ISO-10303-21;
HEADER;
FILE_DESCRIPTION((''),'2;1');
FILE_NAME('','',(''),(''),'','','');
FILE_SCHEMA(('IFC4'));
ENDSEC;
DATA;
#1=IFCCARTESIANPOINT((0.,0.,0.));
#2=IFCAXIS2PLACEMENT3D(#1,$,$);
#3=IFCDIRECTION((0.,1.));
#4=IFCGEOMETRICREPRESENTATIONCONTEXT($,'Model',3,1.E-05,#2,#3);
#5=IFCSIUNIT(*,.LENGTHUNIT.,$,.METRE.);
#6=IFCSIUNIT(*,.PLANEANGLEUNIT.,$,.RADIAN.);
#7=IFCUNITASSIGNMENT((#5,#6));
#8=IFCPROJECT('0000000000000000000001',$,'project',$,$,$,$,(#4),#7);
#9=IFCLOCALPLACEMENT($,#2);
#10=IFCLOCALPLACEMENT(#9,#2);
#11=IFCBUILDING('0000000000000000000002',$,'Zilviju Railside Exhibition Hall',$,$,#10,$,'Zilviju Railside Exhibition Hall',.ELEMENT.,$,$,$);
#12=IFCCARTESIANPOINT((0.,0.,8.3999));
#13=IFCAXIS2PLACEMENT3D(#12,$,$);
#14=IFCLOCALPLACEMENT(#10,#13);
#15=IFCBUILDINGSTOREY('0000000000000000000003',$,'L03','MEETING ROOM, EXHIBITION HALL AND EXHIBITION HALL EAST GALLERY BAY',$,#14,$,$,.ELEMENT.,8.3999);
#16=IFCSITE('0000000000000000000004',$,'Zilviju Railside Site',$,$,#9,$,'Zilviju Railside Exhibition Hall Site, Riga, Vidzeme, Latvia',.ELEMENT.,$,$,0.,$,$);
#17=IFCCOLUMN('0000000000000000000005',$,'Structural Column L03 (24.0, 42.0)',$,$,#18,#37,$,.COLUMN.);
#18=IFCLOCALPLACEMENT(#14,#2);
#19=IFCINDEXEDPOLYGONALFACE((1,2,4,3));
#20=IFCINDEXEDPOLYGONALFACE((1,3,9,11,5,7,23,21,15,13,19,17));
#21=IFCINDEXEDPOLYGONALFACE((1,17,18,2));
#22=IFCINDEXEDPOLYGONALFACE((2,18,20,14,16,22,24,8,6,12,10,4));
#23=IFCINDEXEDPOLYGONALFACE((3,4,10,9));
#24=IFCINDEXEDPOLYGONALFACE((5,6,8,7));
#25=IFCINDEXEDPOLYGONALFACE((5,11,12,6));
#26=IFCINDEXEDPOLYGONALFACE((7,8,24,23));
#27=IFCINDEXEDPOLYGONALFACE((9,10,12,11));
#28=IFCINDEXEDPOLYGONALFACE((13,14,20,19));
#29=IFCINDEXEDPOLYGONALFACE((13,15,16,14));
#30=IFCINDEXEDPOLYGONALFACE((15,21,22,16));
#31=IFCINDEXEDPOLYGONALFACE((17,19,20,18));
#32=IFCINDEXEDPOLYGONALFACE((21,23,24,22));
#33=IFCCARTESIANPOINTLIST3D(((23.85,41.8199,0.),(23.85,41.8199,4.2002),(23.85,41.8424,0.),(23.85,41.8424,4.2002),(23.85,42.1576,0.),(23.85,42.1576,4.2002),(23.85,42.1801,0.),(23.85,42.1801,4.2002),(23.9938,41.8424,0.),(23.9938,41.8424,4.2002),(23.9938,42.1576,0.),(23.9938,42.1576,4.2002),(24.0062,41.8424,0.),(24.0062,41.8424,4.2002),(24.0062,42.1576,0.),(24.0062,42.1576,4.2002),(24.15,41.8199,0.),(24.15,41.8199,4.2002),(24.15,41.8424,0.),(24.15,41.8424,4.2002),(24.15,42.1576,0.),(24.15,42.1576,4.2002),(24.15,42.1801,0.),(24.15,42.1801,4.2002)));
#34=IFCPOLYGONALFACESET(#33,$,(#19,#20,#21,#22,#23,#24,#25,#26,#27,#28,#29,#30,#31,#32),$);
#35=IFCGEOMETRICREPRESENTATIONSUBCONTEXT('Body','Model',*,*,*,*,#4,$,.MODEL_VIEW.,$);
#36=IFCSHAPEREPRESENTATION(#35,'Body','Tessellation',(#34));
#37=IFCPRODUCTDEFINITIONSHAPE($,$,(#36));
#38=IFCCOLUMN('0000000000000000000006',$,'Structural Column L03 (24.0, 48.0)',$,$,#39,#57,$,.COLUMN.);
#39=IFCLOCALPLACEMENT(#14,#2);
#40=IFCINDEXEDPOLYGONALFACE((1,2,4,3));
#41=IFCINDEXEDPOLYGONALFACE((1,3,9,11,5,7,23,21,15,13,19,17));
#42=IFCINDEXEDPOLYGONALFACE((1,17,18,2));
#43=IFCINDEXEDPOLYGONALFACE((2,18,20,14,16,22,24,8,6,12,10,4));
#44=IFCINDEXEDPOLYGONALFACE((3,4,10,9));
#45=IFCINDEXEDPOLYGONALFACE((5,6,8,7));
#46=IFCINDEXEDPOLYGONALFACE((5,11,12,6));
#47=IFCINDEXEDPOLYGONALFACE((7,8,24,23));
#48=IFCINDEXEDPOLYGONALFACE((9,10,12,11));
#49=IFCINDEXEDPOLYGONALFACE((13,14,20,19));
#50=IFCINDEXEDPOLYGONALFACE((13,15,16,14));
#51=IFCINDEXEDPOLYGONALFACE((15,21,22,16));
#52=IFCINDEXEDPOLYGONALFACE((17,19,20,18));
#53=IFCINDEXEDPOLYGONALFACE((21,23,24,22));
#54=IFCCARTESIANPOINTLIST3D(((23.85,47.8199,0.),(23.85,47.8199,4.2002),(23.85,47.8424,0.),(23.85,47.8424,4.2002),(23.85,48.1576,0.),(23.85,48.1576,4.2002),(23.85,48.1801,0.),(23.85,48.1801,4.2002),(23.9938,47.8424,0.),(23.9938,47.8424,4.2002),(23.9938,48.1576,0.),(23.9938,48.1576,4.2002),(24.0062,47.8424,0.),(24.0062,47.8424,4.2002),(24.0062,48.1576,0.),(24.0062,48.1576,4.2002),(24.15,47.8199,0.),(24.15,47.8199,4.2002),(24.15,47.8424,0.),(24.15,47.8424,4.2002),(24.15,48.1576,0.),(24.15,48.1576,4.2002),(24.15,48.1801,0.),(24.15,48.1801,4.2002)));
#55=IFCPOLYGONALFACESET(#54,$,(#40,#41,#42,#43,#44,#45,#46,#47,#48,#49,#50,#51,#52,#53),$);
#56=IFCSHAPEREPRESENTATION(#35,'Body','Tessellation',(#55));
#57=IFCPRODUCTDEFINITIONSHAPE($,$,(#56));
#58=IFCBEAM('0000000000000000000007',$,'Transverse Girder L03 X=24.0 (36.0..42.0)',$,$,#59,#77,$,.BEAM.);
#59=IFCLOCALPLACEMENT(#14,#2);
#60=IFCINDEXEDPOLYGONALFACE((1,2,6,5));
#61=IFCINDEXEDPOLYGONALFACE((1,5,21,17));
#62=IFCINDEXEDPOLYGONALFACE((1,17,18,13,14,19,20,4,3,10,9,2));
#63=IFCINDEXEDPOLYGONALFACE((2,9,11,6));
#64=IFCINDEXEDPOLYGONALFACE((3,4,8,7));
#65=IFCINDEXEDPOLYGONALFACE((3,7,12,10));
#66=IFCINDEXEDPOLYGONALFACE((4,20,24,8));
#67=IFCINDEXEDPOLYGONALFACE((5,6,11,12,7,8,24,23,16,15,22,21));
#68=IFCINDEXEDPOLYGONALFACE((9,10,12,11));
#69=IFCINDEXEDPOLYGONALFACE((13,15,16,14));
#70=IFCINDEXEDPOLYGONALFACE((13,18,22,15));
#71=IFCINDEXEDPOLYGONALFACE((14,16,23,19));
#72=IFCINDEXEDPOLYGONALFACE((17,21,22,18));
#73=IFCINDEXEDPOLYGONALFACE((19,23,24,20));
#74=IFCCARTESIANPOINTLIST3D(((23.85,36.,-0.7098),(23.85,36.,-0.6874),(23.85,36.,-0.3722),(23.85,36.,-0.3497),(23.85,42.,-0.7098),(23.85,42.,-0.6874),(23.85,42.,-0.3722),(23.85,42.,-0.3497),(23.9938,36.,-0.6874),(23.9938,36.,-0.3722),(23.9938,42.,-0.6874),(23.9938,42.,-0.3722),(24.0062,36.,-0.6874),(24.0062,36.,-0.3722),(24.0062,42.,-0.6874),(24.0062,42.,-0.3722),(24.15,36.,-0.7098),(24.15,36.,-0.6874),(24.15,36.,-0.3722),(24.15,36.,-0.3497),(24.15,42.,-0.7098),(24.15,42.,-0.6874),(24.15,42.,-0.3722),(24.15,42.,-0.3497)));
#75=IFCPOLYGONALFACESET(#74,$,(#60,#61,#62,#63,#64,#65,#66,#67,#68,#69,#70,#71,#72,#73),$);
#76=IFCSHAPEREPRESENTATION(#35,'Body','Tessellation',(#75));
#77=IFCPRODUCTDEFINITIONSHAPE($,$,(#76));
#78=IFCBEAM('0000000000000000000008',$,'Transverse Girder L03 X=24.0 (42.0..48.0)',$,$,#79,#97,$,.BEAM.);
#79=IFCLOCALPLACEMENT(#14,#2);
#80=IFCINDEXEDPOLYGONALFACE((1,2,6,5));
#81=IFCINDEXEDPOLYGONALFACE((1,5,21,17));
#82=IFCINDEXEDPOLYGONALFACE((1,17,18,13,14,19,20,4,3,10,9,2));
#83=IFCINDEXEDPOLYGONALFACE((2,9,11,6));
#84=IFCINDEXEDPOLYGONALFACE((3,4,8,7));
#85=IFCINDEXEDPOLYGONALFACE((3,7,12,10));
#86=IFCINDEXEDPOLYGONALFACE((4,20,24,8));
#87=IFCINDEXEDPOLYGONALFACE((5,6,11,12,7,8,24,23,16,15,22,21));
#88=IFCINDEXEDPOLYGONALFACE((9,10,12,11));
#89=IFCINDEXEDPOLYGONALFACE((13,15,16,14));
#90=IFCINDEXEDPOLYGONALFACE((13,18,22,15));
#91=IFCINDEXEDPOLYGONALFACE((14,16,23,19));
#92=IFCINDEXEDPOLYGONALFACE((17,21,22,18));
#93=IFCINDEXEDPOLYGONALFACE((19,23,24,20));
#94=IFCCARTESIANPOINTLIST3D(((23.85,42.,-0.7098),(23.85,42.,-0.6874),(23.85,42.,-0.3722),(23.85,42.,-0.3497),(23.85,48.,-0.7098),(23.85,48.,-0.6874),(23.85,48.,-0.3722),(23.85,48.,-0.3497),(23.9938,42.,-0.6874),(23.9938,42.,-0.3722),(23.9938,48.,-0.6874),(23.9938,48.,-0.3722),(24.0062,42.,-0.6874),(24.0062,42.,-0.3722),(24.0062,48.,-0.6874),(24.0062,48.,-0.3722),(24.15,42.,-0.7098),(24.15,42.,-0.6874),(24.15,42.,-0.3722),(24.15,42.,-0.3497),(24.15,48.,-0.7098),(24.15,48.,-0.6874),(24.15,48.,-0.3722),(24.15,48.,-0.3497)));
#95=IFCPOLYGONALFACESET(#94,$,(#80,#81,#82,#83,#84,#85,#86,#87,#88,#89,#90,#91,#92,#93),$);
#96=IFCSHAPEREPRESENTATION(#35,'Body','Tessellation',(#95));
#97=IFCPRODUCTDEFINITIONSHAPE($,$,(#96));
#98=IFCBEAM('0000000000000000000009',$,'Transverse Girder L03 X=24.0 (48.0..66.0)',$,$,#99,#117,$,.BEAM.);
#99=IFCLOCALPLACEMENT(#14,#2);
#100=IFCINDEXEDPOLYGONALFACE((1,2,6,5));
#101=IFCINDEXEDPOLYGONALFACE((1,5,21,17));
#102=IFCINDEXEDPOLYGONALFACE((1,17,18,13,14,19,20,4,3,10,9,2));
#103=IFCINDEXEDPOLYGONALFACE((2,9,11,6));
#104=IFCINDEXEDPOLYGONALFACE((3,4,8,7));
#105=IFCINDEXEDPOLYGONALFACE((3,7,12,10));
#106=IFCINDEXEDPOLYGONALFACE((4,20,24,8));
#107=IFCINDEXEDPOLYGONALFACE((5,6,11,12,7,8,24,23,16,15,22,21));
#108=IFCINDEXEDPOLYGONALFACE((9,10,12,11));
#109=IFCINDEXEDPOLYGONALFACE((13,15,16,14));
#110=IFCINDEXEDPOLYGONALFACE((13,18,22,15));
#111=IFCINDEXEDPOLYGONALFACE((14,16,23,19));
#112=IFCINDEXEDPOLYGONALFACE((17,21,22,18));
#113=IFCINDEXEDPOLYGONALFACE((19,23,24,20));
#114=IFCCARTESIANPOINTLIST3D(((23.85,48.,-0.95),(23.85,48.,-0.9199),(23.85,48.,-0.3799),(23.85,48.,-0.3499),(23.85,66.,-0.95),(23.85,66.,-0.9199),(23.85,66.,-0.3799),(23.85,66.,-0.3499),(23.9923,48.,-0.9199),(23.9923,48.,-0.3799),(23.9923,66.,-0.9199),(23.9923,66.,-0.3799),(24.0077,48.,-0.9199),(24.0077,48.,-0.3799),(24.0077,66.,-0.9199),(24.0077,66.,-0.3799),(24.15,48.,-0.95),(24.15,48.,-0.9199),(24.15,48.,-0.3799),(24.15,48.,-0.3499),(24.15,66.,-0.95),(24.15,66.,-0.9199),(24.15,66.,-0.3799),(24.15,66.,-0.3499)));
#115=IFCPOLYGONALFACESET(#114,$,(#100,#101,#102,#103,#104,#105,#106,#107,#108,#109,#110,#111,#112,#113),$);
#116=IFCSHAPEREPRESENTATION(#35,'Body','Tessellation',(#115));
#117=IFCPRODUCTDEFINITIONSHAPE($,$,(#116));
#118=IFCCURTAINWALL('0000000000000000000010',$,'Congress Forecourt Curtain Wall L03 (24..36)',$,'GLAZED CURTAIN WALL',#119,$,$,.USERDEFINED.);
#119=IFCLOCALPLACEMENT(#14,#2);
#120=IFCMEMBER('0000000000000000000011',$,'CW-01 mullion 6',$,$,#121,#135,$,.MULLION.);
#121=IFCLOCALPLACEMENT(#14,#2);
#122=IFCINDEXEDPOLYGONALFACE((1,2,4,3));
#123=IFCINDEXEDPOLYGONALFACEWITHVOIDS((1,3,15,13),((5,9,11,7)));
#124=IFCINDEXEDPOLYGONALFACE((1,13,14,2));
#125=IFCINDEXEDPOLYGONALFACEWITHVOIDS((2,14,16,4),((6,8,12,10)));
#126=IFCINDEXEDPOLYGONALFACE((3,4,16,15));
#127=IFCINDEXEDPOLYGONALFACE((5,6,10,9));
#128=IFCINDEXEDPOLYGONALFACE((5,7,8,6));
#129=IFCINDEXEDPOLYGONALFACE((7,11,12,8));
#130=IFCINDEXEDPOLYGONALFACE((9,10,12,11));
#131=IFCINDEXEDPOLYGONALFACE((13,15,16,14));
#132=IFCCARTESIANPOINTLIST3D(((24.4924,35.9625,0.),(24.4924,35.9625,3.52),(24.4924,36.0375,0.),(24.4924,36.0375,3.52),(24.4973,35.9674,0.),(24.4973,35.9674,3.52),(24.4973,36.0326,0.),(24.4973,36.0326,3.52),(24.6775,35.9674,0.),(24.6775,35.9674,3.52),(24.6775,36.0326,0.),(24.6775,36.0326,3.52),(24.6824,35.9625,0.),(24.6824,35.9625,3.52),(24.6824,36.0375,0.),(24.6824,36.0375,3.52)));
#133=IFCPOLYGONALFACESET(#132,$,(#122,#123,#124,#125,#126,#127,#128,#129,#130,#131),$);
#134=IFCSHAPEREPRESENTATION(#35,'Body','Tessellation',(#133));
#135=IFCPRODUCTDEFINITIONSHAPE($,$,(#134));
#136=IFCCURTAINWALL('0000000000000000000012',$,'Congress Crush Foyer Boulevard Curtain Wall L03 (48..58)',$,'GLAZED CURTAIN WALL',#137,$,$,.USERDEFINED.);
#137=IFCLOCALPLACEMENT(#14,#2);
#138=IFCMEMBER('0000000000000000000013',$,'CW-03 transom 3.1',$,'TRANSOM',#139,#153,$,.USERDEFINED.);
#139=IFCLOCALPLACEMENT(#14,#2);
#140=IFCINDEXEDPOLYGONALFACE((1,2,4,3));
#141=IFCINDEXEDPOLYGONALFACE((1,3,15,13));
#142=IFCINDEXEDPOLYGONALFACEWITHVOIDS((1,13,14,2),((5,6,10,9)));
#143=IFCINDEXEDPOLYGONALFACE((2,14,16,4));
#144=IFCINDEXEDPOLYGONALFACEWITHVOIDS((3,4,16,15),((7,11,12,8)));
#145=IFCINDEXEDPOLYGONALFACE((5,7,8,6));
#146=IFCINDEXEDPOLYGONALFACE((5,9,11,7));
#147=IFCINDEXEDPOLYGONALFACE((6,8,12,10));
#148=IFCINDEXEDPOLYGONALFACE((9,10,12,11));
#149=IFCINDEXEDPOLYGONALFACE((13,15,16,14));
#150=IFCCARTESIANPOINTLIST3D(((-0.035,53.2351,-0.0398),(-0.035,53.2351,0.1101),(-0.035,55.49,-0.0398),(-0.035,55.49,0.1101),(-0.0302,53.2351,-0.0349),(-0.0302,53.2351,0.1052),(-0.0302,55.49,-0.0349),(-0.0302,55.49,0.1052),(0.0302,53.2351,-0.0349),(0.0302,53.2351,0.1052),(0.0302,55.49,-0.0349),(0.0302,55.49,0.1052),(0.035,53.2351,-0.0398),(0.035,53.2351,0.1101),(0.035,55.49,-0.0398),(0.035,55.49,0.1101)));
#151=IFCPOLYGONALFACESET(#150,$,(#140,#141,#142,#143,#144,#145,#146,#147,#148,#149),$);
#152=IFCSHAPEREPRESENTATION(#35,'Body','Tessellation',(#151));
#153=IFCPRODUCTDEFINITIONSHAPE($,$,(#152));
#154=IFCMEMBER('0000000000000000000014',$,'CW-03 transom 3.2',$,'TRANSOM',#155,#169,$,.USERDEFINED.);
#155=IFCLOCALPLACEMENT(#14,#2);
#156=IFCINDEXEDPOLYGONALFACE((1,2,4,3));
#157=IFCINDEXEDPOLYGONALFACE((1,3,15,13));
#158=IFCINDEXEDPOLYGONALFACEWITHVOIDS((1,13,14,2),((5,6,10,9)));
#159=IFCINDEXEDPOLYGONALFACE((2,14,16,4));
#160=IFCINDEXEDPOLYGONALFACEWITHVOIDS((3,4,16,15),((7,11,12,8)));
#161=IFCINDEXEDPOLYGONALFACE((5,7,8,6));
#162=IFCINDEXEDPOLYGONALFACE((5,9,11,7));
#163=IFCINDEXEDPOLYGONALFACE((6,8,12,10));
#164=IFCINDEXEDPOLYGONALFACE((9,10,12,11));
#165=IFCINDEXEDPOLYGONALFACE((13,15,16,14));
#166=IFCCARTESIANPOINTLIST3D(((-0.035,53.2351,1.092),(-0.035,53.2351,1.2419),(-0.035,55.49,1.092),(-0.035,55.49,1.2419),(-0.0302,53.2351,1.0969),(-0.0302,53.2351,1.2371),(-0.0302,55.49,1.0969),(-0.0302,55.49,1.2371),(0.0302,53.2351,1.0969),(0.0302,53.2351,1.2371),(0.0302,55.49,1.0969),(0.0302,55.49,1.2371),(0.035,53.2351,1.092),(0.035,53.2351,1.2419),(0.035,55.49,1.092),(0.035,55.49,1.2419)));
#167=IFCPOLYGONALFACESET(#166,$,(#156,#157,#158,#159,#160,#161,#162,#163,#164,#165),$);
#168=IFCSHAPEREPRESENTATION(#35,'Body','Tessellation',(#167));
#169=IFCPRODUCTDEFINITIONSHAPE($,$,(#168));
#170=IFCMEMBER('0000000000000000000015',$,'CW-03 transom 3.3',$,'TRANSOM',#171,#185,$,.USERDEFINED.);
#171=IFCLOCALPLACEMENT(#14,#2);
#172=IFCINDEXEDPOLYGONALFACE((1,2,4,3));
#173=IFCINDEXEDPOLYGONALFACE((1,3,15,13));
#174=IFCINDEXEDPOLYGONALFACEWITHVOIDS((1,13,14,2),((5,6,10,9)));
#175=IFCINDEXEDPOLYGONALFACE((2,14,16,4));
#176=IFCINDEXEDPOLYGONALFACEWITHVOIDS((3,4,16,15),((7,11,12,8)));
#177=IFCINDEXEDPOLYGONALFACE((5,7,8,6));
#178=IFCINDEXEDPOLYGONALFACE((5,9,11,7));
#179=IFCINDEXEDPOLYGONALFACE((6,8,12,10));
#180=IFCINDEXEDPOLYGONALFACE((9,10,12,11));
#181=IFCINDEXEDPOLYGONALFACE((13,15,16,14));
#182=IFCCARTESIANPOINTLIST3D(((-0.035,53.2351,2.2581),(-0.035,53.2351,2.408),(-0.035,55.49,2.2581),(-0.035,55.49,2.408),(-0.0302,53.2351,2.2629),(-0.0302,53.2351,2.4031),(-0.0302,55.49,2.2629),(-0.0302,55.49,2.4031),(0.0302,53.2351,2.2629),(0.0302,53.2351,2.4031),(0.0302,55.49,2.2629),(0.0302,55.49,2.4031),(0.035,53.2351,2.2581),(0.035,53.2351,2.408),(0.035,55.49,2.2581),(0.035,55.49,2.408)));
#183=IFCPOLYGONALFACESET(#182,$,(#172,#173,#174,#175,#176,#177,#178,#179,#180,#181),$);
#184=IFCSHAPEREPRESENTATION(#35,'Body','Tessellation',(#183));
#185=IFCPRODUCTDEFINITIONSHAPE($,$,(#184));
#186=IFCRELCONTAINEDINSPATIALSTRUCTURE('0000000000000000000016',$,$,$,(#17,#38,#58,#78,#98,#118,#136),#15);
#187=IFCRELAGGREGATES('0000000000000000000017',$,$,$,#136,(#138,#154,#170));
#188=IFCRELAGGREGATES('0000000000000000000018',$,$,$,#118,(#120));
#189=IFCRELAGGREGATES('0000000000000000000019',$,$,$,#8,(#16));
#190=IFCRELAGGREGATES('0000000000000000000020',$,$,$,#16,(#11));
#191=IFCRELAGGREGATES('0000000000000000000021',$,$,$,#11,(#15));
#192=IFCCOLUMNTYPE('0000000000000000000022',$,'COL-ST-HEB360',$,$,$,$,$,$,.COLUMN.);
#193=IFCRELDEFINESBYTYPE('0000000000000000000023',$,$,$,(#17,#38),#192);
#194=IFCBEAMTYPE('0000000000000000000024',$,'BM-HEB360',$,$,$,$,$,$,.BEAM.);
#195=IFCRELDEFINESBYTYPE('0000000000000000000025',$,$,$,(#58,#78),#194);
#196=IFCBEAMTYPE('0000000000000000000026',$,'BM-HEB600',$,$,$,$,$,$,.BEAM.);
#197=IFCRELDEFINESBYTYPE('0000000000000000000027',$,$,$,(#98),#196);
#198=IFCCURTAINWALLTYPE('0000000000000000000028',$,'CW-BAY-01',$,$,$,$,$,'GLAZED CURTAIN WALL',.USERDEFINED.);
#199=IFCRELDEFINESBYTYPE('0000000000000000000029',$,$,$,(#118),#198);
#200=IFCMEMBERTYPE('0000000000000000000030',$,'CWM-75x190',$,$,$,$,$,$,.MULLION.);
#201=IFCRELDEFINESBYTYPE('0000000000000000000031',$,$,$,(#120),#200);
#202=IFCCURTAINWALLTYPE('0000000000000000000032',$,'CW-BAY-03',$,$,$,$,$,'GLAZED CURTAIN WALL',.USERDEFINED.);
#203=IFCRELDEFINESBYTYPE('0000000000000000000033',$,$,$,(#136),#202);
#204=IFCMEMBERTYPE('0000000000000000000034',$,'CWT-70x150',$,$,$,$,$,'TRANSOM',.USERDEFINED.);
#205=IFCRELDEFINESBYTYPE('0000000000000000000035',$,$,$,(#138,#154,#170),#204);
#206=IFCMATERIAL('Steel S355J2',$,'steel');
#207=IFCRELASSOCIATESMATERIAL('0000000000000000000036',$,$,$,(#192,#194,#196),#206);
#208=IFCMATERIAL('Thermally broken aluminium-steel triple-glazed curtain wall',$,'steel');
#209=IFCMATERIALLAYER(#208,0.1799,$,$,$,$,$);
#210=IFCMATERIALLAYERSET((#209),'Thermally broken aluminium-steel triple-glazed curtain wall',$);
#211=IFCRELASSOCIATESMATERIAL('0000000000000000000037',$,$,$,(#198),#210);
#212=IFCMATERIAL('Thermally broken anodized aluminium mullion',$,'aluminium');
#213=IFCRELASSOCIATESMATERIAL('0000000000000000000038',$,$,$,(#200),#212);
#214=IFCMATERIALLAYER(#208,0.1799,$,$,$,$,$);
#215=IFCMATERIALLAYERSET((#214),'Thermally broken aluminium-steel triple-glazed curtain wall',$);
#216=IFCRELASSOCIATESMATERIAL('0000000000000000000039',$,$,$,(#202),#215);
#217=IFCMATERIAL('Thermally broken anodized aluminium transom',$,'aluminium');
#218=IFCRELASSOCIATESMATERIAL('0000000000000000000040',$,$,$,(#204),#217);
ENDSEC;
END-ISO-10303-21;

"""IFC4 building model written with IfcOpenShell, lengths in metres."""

from ifc_helpers import new_model, si_unit, direction, frame, origin, origin_2d, place, context, subcontext, project, spatial, hollow_rectangle, i_section, extrude, material, layer, layer_set, material_profile, profile_set, type_object, element, aggregate, save


model = new_model("IFC4")

# Units and contexts
model_context = context("Model", 3, precision=1e-05, world=origin(), true_north=direction((0.0, 1.0)))
body_context = subcontext(model_context, "Body", "Model", "MODEL_VIEW")
ifc_project = project(units=[si_unit("LENGTHUNIT", "METRE"), si_unit("PLANEANGLEUNIT", "RADIAN")], contexts=[model_context])

# Site, building, storey
site_placement = place(None, origin())
site = spatial("IfcSite", under=ifc_project, at=site_placement, Name="Zilviju Railside Site", LongName="Zilviju Railside Exhibition Hall Site, Riga, Vidzeme, Latvia", CompositionType="ELEMENT", RefElevation=0.0)
building_placement = place(site_placement, origin())
building = spatial("IfcBuilding", under=site, at=building_placement, Name="Zilviju Railside Exhibition Hall", LongName="Zilviju Railside Exhibition Hall", CompositionType="ELEMENT")
storey_placement = place(building_placement, frame((0.0, 0.0, 8.3999)))
storey = spatial("IfcBuildingStorey", under=building, at=storey_placement, Name="L03", Description="MEETING ROOM, EXHIBITION HALL AND EXHIBITION HALL EAST GALLERY BAY", CompositionType="ELEMENT", Elevation=8.3999)

# Columns
ifc_material_1 = material(Name="Steel S355J2", Category="steel")
ifc_material_profile_1 = material_profile(ifc_material_1, i_section(OverallWidth=0.3, OverallDepth=0.3601, WebThickness=0.0125, FlangeThickness=0.0225, at=origin_2d()), Name="HEB 360")
ifc_profile_set_1 = profile_set([ifc_material_profile_1], Name="Steel S355J2")
column_type = type_object("IfcColumnType", Name="COL-ST-HEB360", PredefinedType="COLUMN", material=ifc_profile_set_1)
for number, where, z_axis, x_axis, name in (
    (1, (24.0, 42.0, 0.0), (0.0, 0.0, 1.0), (1.0, 0.0, 0.0), "Structural Column L03 (24.0, 42.0)"),
    (2, (24.0, 48.0, 0.0), (0.0, 0.0, 1.0), (1.0, 0.0, 0.0), "Structural Column L03 (24.0, 48.0)"),
):
    element("IfcColumn", number, at=place(storey_placement, frame(where, z_axis=z_axis, x_axis=x_axis)), inside=storey, type_object=column_type, Name=name, PredefinedType="COLUMN", context=body_context, shape_type="SweptSolid", body=[
        extrude(i_section(OverallWidth=0.3, OverallDepth=0.3601, WebThickness=0.0125, FlangeThickness=0.0225, at=origin_2d()), origin(), (0.0, 0.0, 1.0), 4.2002),
    ])

# Beams
ifc_material_profile_2 = material_profile(ifc_material_1, i_section(OverallWidth=0.3, OverallDepth=0.3601, WebThickness=0.0125, FlangeThickness=0.0225, at=origin_2d()), Name="HEB 360")
ifc_profile_set_2 = profile_set([ifc_material_profile_2], Name="Steel S355J2")
beam_type_1 = type_object("IfcBeamType", Name="BM-HEB360", PredefinedType="BEAM", material=ifc_profile_set_2)
for number, where, z_axis, x_axis, name in (
    (3, (24.0, 36.0, -0.5298), (0.0, 1.0, 0.0), (-1.0, 0.0, 0.0), "Transverse Girder L03 X=24.0 (36.0..42.0)"),
    (4, (24.0, 42.0, -0.5298), (0.0, 1.0, 0.0), (-1.0, 0.0, 0.0), "Transverse Girder L03 X=24.0 (42.0..48.0)"),
):
    element("IfcBeam", number, at=place(storey_placement, frame(where, z_axis=z_axis, x_axis=x_axis)), inside=storey, type_object=beam_type_1, Name=name, PredefinedType="BEAM", context=body_context, shape_type="SweptSolid", body=[
        extrude(i_section(OverallWidth=0.3, OverallDepth=0.3601, WebThickness=0.0125, FlangeThickness=0.0225, at=origin_2d()), origin(), (0.0, 0.0, 1.0), 6.0),
    ])
ifc_material_profile_3 = material_profile(ifc_material_1, i_section(OverallWidth=0.3, OverallDepth=0.6001, WebThickness=0.0154, FlangeThickness=0.03, at=origin_2d()), Name="HEB 600")
ifc_profile_set_3 = profile_set([ifc_material_profile_3], Name="Steel S355J2")
beam_type_2 = type_object("IfcBeamType", Name="BM-HEB600", PredefinedType="BEAM", material=ifc_profile_set_3)
beam_placement = place(storey_placement, frame((24.0, 48.0, -0.6499), z_axis=(0.0, 1.0, 0.0), x_axis=(-1.0, 0.0, 0.0)))
element("IfcBeam", 5, at=beam_placement, inside=storey, type_object=beam_type_2, Name="Transverse Girder L03 X=24.0 (48.0..66.0)", PredefinedType="BEAM", context=body_context, shape_type="SweptSolid", body=[
    extrude(i_section(OverallWidth=0.3, OverallDepth=0.6001, WebThickness=0.0154, FlangeThickness=0.03, at=origin_2d()), origin(), (0.0, 0.0, 1.0), 18.0),
])

# Curtain wall, member
ifc_material_2 = material(Name="Thermally broken aluminium-steel triple-glazed curtain wall", Category="steel")
ifc_layer_1 = layer(ifc_material_2, 0.1799)
ifc_layer_set_1 = layer_set([ifc_layer_1], Name="Thermally broken aluminium-steel triple-glazed curtain wall")
curtain_wall_type_1 = type_object("IfcCurtainWallType", Name="CW-BAY-01", ElementType="GLAZED CURTAIN WALL", PredefinedType="USERDEFINED", material=ifc_layer_set_1)
curtain_wall_1_placement = place(storey_placement, origin())
curtain_wall_1 = element("IfcCurtainWall", 6, at=curtain_wall_1_placement, inside=storey, type_object=curtain_wall_type_1, Name="Congress Forecourt Curtain Wall L03 (24..36)", ObjectType="GLAZED CURTAIN WALL", PredefinedType="USERDEFINED")
ifc_material_3 = material(Name="Thermally broken anodized aluminium mullion", Category="aluminium")
ifc_material_profile_4 = material_profile(ifc_material_3, hollow_rectangle(XDim=0.075, YDim=0.1899, WallThickness=0.0049, at=origin_2d()), Name="MULLION 190x75x5")
ifc_profile_set_4 = profile_set([ifc_material_profile_4], Name="Thermally broken anodized aluminium mullion")
member_type_1 = type_object("IfcMemberType", Name="CWM-75x190", PredefinedType="MULLION", material=ifc_profile_set_4)
member_1_placement = place(storey_placement, frame((24.5874, 36.0, 0.0), z_axis=(0.0, 0.0, 1.0), x_axis=(0.0, -1.0, 0.0)))
member_1 = element("IfcMember", 7, at=member_1_placement, type_object=member_type_1, Name="CW-01 mullion 6", PredefinedType="MULLION", context=body_context, shape_type="SweptSolid", body=[
    extrude(hollow_rectangle(XDim=0.075, YDim=0.1899, WallThickness=0.0049, at=origin_2d()), origin(), (0.0, 0.0, 1.0), 3.52),
])

# Curtain wall, members
ifc_layer_2 = layer(ifc_material_2, 0.1799)
ifc_layer_set_2 = layer_set([ifc_layer_2], Name="Thermally broken aluminium-steel triple-glazed curtain wall")
curtain_wall_type_2 = type_object("IfcCurtainWallType", Name="CW-BAY-03", ElementType="GLAZED CURTAIN WALL", PredefinedType="USERDEFINED", material=ifc_layer_set_2)
curtain_wall_2_placement = place(storey_placement, origin())
curtain_wall_2 = element("IfcCurtainWall", 8, at=curtain_wall_2_placement, inside=storey, type_object=curtain_wall_type_2, Name="Congress Crush Foyer Boulevard Curtain Wall L03 (48..58)", ObjectType="GLAZED CURTAIN WALL", PredefinedType="USERDEFINED")
ifc_material_4 = material(Name="Thermally broken anodized aluminium transom", Category="aluminium")
ifc_material_profile_5 = material_profile(ifc_material_4, hollow_rectangle(XDim=0.0701, YDim=0.1499, WallThickness=0.0049, at=origin_2d()), Name="TRANSOM 150x70x5")
ifc_profile_set_5 = profile_set([ifc_material_profile_5], Name="Thermally broken anodized aluminium transom")
member_type_2 = type_object("IfcMemberType", Name="CWT-70x150", ElementType="TRANSOM", PredefinedType="USERDEFINED", material=ifc_profile_set_5)
member_2_placement = place(storey_placement, frame((0.0, 53.2351, 0.0352), z_axis=(0.0, 1.0, 0.0), x_axis=(-1.0, 0.0, 0.0)))
member_2 = element("IfcMember", 9, at=member_2_placement, type_object=member_type_2, Name="CW-03 transom 3.1", ObjectType="TRANSOM", PredefinedType="USERDEFINED", context=body_context, shape_type="SweptSolid", body=[
    extrude(hollow_rectangle(XDim=0.0701, YDim=0.1499, WallThickness=0.0049, at=origin_2d()), origin(), (0.0, 0.0, 1.0), 2.2549),
])
member_3_placement = place(storey_placement, frame((0.0, 53.2351, 1.167), z_axis=(0.0, 1.0, 0.0), x_axis=(-1.0, 0.0, 0.0)))
member_3 = element("IfcMember", 10, at=member_3_placement, type_object=member_type_2, Name="CW-03 transom 3.2", ObjectType="TRANSOM", PredefinedType="USERDEFINED", context=body_context, shape_type="SweptSolid", body=[
    extrude(hollow_rectangle(XDim=0.0701, YDim=0.1499, WallThickness=0.0049, at=origin_2d()), origin(), (0.0, 0.0, 1.0), 2.2549),
])
member_4_placement = place(storey_placement, frame((0.0, 53.2351, 2.333), z_axis=(0.0, 1.0, 0.0), x_axis=(-1.0, 0.0, 0.0)))
member_4 = element("IfcMember", 11, at=member_4_placement, type_object=member_type_2, Name="CW-03 transom 3.3", ObjectType="TRANSOM", PredefinedType="USERDEFINED", context=body_context, shape_type="SweptSolid", body=[
    extrude(hollow_rectangle(XDim=0.0701, YDim=0.1499, WallThickness=0.0049, at=origin_2d()), origin(), (0.0, 0.0, 1.0), 2.2549),
])
aggregate(curtain_wall_2, [member_2, member_3, member_4])

aggregate(curtain_wall_1, [member_1])

save(model, "model.ifc")
